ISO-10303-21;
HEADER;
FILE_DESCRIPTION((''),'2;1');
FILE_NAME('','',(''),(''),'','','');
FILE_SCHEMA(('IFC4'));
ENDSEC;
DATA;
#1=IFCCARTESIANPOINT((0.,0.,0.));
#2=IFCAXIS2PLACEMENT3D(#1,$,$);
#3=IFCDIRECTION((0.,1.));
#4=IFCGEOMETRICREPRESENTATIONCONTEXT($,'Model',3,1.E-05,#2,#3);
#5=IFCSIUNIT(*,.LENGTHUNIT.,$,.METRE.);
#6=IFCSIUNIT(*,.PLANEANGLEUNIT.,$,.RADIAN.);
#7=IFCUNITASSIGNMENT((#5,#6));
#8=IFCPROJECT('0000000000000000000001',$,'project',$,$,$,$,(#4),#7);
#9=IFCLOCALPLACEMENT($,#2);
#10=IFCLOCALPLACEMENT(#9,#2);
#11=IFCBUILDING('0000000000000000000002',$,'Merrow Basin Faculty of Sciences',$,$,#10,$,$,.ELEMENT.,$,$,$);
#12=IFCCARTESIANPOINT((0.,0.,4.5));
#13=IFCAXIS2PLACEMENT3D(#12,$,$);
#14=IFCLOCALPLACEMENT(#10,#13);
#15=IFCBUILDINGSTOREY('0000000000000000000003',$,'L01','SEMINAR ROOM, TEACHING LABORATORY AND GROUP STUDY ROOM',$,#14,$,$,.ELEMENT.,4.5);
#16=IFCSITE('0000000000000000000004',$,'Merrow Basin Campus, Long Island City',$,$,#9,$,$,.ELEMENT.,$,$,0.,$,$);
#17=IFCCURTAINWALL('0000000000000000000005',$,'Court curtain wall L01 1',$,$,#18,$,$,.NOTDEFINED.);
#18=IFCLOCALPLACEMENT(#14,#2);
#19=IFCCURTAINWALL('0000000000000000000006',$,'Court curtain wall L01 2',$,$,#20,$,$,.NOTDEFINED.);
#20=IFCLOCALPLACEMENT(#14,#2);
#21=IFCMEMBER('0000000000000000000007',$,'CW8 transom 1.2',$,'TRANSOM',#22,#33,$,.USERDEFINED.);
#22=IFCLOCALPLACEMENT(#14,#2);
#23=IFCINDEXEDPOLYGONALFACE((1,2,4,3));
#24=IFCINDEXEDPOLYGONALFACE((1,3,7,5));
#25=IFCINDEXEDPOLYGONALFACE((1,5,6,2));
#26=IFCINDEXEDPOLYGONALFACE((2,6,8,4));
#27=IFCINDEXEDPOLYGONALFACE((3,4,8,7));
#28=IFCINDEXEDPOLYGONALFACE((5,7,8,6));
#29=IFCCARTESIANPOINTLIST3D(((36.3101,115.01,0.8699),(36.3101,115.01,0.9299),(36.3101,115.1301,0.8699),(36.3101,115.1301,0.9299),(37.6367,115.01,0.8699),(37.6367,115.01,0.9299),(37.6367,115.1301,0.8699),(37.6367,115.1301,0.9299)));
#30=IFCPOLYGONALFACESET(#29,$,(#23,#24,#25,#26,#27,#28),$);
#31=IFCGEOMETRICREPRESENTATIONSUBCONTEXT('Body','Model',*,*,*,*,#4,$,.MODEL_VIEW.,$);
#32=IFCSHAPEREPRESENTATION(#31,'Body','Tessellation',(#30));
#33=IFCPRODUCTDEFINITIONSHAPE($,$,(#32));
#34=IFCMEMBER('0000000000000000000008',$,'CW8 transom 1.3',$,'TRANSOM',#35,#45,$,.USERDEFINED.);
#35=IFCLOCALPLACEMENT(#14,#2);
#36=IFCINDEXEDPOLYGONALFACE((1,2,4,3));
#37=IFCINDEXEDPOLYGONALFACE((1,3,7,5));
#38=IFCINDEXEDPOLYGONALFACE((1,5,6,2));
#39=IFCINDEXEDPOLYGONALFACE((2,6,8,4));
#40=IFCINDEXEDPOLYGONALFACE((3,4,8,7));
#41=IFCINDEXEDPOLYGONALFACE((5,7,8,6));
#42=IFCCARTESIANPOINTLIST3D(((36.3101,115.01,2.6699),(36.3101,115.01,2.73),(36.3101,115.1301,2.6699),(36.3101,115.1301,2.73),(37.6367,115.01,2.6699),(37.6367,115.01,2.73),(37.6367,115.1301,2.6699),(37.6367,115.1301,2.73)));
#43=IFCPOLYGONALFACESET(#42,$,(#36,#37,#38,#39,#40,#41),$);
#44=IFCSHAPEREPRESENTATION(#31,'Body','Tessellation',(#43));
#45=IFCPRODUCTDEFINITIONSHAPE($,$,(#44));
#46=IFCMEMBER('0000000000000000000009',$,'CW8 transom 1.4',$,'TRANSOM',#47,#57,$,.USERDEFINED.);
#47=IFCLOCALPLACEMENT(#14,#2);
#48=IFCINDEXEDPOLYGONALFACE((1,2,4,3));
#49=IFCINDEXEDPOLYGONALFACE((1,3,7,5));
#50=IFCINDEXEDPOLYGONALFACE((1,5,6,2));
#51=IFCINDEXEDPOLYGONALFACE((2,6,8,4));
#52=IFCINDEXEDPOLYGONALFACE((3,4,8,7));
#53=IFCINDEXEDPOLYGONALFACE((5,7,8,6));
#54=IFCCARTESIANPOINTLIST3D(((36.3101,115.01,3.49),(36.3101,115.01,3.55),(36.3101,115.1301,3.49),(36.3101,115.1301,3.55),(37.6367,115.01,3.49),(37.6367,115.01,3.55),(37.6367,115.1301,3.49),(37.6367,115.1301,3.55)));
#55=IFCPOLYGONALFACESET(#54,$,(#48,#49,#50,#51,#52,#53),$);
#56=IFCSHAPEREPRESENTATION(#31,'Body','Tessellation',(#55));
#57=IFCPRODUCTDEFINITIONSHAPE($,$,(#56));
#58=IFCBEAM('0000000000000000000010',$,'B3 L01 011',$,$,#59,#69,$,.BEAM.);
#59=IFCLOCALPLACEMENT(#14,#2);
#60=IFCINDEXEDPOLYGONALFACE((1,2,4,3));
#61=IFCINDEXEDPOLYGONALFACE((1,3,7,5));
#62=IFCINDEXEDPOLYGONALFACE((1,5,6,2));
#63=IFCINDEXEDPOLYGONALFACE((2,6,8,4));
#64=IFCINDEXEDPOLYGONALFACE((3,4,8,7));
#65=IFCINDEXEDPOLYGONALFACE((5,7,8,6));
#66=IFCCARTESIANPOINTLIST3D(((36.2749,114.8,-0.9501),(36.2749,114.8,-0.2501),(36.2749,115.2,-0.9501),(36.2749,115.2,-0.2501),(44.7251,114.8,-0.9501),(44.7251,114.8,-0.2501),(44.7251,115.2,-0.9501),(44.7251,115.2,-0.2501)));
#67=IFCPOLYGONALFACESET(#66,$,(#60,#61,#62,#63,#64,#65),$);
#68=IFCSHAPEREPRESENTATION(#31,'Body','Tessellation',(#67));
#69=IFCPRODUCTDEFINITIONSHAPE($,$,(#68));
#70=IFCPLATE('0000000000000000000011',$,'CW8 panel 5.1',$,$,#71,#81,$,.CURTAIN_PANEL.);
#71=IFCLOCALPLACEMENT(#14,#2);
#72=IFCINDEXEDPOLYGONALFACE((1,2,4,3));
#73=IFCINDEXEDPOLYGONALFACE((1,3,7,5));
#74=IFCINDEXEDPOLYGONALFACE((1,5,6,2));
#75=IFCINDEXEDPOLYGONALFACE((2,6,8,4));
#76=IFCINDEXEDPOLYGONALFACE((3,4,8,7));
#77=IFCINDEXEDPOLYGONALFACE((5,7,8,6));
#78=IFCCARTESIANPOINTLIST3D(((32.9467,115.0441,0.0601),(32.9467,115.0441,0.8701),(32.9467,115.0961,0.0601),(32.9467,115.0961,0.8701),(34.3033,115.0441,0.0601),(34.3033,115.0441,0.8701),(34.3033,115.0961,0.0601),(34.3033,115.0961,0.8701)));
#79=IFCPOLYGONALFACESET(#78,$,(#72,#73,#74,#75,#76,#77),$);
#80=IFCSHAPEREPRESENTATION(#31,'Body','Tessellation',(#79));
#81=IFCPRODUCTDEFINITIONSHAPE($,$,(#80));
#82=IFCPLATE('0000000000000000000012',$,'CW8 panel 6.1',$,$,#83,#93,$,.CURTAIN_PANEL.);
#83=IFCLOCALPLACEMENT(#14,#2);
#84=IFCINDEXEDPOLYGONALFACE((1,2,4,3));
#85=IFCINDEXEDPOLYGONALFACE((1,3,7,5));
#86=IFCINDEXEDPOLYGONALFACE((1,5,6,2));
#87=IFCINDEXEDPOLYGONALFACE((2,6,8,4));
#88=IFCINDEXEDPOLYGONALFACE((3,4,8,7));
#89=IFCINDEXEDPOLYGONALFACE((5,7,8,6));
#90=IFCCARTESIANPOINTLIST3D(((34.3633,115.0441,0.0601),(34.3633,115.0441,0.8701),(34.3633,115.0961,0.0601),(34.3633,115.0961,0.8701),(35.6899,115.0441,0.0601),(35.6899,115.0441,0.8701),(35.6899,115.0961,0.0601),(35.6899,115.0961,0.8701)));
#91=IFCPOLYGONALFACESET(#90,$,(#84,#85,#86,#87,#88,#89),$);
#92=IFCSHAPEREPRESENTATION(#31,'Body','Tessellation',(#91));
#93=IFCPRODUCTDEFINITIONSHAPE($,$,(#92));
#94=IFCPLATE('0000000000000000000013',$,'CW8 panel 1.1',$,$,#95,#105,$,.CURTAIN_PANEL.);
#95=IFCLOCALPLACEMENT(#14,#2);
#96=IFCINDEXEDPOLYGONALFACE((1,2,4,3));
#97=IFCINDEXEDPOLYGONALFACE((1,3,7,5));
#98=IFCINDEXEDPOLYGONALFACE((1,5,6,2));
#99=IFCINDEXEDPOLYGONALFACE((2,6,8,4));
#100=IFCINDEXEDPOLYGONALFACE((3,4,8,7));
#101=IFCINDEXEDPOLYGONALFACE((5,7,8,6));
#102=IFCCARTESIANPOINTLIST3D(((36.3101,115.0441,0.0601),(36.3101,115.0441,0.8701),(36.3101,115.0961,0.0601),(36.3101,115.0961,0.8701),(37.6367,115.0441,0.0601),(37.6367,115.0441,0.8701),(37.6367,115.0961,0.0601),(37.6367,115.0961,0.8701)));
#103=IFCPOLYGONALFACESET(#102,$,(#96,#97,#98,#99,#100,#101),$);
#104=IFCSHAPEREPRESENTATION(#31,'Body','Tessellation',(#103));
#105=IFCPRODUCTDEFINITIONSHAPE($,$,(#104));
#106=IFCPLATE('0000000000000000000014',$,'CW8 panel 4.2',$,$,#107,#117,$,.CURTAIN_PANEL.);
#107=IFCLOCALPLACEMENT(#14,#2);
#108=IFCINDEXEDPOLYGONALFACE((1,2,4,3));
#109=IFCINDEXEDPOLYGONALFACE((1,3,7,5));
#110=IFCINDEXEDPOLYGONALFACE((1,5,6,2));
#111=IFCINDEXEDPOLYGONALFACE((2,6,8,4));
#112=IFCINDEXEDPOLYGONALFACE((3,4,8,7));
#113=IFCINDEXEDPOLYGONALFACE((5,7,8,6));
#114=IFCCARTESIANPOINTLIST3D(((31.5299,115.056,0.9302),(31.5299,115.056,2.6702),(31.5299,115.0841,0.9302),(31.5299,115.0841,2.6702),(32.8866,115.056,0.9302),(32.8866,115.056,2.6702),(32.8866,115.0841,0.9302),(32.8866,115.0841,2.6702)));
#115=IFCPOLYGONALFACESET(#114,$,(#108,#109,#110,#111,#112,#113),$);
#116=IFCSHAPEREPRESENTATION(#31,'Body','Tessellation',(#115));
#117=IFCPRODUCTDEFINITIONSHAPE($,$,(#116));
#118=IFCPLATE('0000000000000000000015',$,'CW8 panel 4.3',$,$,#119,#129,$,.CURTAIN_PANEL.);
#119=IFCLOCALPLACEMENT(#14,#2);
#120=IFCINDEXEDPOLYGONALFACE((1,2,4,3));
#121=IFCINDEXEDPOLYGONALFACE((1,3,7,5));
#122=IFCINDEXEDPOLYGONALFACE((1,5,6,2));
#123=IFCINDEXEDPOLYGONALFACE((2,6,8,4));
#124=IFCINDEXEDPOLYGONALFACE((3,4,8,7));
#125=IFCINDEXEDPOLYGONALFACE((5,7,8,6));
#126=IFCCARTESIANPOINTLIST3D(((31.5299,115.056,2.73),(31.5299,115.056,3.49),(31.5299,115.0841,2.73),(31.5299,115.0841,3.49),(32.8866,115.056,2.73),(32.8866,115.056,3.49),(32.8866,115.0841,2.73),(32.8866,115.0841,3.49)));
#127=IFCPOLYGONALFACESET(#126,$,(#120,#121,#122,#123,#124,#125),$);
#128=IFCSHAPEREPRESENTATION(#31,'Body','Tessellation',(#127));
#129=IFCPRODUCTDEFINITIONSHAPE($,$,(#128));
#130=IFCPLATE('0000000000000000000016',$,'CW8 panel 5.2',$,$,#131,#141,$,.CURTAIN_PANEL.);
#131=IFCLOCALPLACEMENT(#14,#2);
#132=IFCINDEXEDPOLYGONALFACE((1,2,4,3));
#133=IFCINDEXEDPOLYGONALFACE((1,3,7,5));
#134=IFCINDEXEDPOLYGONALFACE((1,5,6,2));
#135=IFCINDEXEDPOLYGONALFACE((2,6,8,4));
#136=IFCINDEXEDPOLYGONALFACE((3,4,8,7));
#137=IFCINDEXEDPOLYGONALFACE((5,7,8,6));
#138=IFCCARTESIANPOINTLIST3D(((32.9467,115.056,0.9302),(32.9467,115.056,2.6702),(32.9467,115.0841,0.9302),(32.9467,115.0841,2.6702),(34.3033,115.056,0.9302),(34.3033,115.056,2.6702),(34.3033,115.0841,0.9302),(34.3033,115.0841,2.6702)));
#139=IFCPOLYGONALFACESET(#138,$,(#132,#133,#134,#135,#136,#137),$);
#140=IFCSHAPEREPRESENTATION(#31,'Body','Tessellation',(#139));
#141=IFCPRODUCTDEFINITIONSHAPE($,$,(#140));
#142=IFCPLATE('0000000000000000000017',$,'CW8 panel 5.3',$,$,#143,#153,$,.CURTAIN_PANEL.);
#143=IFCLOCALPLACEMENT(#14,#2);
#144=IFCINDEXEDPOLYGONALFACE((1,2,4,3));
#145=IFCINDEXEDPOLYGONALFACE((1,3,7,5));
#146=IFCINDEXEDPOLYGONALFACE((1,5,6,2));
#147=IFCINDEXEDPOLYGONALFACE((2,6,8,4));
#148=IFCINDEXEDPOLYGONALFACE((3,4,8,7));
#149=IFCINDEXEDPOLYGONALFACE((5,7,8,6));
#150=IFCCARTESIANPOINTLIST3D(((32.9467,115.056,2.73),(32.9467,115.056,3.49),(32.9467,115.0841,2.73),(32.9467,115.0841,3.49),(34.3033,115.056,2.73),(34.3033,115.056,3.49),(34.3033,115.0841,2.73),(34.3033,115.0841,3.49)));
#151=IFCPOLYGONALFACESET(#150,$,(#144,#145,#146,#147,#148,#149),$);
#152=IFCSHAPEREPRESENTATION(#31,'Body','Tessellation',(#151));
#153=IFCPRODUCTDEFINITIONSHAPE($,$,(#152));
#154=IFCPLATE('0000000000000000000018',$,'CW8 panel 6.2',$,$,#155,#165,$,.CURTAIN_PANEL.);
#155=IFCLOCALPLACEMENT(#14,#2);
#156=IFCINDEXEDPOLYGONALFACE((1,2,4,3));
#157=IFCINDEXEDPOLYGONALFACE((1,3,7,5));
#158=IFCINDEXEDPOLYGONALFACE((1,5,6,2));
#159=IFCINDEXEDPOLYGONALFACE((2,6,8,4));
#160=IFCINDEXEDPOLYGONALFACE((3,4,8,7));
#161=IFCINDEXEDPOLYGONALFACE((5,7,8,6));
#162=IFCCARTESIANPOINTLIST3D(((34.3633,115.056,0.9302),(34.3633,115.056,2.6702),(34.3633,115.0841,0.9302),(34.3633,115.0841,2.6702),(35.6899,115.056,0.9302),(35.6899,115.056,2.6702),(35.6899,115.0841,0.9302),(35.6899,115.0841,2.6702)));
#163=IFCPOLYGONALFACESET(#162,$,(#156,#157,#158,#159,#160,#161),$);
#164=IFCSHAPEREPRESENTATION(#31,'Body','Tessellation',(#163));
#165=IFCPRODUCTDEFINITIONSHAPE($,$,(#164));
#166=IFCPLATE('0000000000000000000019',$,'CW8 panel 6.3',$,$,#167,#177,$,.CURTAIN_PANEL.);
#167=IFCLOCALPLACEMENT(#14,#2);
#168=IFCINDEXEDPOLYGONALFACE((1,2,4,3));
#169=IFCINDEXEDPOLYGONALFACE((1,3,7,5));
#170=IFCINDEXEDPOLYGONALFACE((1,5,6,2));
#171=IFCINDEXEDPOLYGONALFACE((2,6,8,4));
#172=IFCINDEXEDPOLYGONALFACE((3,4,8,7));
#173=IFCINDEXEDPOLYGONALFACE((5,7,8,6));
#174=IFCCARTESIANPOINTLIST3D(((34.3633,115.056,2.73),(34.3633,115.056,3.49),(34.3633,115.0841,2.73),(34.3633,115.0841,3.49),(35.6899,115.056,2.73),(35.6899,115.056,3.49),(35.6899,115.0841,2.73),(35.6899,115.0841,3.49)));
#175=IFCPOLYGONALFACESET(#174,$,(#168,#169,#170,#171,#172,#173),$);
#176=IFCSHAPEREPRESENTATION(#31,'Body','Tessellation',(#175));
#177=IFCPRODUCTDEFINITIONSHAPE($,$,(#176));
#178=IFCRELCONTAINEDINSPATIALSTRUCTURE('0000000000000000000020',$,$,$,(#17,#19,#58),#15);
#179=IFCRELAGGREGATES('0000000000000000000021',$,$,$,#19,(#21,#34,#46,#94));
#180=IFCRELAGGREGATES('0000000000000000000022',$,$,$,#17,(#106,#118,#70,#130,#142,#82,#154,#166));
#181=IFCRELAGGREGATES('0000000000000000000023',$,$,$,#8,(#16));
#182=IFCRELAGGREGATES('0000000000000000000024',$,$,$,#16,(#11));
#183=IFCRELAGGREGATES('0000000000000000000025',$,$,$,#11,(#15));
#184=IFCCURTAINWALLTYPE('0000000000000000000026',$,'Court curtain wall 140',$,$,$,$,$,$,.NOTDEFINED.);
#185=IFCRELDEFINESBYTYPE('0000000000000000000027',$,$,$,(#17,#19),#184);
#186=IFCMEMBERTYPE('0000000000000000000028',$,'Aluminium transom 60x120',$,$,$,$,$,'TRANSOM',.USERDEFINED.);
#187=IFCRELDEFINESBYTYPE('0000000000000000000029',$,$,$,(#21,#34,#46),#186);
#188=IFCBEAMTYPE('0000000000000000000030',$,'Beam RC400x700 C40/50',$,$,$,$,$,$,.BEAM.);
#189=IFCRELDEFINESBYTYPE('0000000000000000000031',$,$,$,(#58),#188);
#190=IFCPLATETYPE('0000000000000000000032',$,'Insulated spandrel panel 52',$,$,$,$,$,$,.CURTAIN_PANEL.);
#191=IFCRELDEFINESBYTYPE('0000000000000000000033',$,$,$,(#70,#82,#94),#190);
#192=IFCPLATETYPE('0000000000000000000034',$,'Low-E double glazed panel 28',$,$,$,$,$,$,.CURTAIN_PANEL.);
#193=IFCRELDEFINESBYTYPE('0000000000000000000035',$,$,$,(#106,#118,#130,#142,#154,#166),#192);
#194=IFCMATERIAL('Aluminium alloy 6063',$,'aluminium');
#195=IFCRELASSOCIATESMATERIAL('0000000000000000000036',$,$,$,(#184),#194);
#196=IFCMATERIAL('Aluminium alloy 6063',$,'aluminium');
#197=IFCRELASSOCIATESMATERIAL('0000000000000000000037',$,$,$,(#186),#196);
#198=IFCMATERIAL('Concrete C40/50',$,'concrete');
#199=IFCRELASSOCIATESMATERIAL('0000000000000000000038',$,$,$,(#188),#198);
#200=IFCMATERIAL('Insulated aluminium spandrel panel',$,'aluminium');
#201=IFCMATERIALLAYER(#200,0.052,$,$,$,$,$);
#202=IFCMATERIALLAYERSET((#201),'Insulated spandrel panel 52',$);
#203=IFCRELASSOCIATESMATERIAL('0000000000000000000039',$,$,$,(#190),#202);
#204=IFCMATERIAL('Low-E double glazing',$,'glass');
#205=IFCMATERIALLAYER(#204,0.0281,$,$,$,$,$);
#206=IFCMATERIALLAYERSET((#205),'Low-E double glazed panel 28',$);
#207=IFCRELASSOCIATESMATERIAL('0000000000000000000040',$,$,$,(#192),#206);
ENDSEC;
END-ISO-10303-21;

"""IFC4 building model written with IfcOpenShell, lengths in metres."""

from ifc_helpers import new_model, si_unit, direction, frame, origin, origin_2d, place, context, subcontext, project, spatial, rectangle, extrude, material, layer, layer_set, material_profile, profile_set, type_object, element, aggregate, save


model = new_model("IFC4")

# Units and contexts
model_context = context("Model", 3, precision=1e-05, world=origin(), true_north=direction((0.0, 1.0)))
body_context = subcontext(model_context, "Body", "Model", "MODEL_VIEW")
ifc_project = project(units=[si_unit("LENGTHUNIT", "METRE"), si_unit("PLANEANGLEUNIT", "RADIAN")], contexts=[model_context])

# Site, building, storey
site_placement = place(None, origin())
site = spatial("IfcSite", under=ifc_project, at=site_placement, Name="Merrow Basin Campus, Long Island City", CompositionType="ELEMENT", RefElevation=0.0)
building_placement = place(site_placement, origin())
building = spatial("IfcBuilding", under=site, at=building_placement, Name="Merrow Basin Faculty of Sciences", CompositionType="ELEMENT")
storey_placement = place(building_placement, frame((0.0, 0.0, 4.5)))
storey = spatial("IfcBuildingStorey", under=building, at=storey_placement, Name="L01", Description="SEMINAR ROOM, TEACHING LABORATORY AND GROUP STUDY ROOM", CompositionType="ELEMENT", Elevation=4.5)

# Curtain wall
ifc_material_1 = material(Name="Aluminium alloy 6063", Category="aluminium")
curtain_wall_type = type_object("IfcCurtainWallType", Name="Court curtain wall 140", PredefinedType="NOTDEFINED", material=ifc_material_1)
curtain_wall_1_placement = place(storey_placement, origin())
curtain_wall_1 = element("IfcCurtainWall", 1, at=curtain_wall_1_placement, inside=storey, type_object=curtain_wall_type, Name="Court curtain wall L01 1", PredefinedType="NOTDEFINED")

# Curtain wall
curtain_wall_2_placement = place(storey_placement, origin())
curtain_wall_2 = element("IfcCurtainWall", 2, at=curtain_wall_2_placement, inside=storey, type_object=curtain_wall_type, Name="Court curtain wall L01 2", PredefinedType="NOTDEFINED")

# Members
ifc_material_2 = material(Name="Aluminium alloy 6063", Category="aluminium")
ifc_material_profile_1 = material_profile(ifc_material_2, rectangle(XDim=0.1201, YDim=0.0601, at=origin_2d()))
ifc_profile_set_1 = profile_set([ifc_material_profile_1], Name="Aluminium alloy 6063")
member_type_1 = type_object("IfcMemberType", Name="Aluminium transom 60x120", ElementType="TRANSOM", PredefinedType="USERDEFINED", material=ifc_profile_set_1)
member_1_placement = place(storey_placement, frame((36.3101, 115.0701, 0.8999), z_axis=(1.0, 0.0, 0.0), x_axis=(0.0, 1.0, 0.0)))
member_1 = element("IfcMember", 3, at=member_1_placement, type_object=member_type_1, Name="CW8 transom 1.2", ObjectType="TRANSOM", PredefinedType="USERDEFINED", context=body_context, shape_type="SweptSolid", body=[
    extrude(rectangle(XDim=0.1201, YDim=0.0601, at=origin_2d()), origin(), (0.0, 0.0, 1.0), 1.3267),
])
member_2_placement = place(storey_placement, frame((36.3101, 115.0701, 2.7), z_axis=(1.0, 0.0, 0.0), x_axis=(0.0, 1.0, 0.0)))
member_2 = element("IfcMember", 4, at=member_2_placement, type_object=member_type_1, Name="CW8 transom 1.3", ObjectType="TRANSOM", PredefinedType="USERDEFINED", context=body_context, shape_type="SweptSolid", body=[
    extrude(rectangle(XDim=0.1201, YDim=0.0601, at=origin_2d()), origin(), (0.0, 0.0, 1.0), 1.3267),
])
member_3_placement = place(storey_placement, frame((36.3101, 115.0701, 3.52), z_axis=(1.0, 0.0, 0.0), x_axis=(0.0, 1.0, 0.0)))
member_3 = element("IfcMember", 5, at=member_3_placement, type_object=member_type_1, Name="CW8 transom 1.4", ObjectType="TRANSOM", PredefinedType="USERDEFINED", context=body_context, shape_type="SweptSolid", body=[
    extrude(rectangle(XDim=0.1201, YDim=0.0601, at=origin_2d()), origin(), (0.0, 0.0, 1.0), 1.3267),
])

# Beam
ifc_material_3 = material(Name="Concrete C40/50", Category="concrete")
ifc_material_profile_2 = material_profile(ifc_material_3, rectangle(XDim=0.3999, YDim=0.7, at=origin_2d()))
ifc_profile_set_2 = profile_set([ifc_material_profile_2], Name="Concrete C40/50")
beam_type = type_object("IfcBeamType", Name="Beam RC400x700 C40/50", PredefinedType="BEAM", material=ifc_profile_set_2)
beam_placement = place(storey_placement, frame((36.2749, 115.0, -0.6001), z_axis=(1.0, 0.0, 0.0), x_axis=(0.0, 1.0, 0.0)))
element("IfcBeam", 6, at=beam_placement, inside=storey, type_object=beam_type, Name="B3 L01 011", PredefinedType="BEAM", context=body_context, shape_type="SweptSolid", body=[
    extrude(rectangle(XDim=0.3999, YDim=0.7, at=origin_2d()), origin(), (0.0, 0.0, 1.0), 8.4502),
])

# Plates
ifc_material_4 = material(Name="Insulated aluminium spandrel panel", Category="aluminium")
ifc_layer_1 = layer(ifc_material_4, 0.052)
ifc_layer_set_1 = layer_set([ifc_layer_1], Name="Insulated spandrel panel 52")
plate_type_1 = type_object("IfcPlateType", Name="Insulated spandrel panel 52", PredefinedType="CURTAIN_PANEL", material=ifc_layer_set_1)
plate_1_placement = place(storey_placement, frame((33.625, 115.0701, 0.0601), z_axis=(0.0, 0.0, 1.0), x_axis=(1.0, 0.0, 0.0)))
plate_1 = element("IfcPlate", 7, at=plate_1_placement, type_object=plate_type_1, Name="CW8 panel 5.1", PredefinedType="CURTAIN_PANEL", context=body_context, shape_type="SweptSolid", body=[
    extrude(rectangle(XDim=1.3567, YDim=0.052, at=origin_2d()), origin(), (0.0, 0.0, 1.0), 0.8101),
])
plate_2_placement = place(storey_placement, frame((35.0266, 115.0701, 0.0601), z_axis=(0.0, 0.0, 1.0), x_axis=(1.0, 0.0, 0.0)))
plate_2 = element("IfcPlate", 8, at=plate_2_placement, type_object=plate_type_1, Name="CW8 panel 6.1", PredefinedType="CURTAIN_PANEL", context=body_context, shape_type="SweptSolid", body=[
    extrude(rectangle(XDim=1.3267, YDim=0.052, at=origin_2d()), origin(), (0.0, 0.0, 1.0), 0.8101),
])
plate_3_placement = place(storey_placement, frame((36.9734, 115.0701, 0.0601), z_axis=(0.0, 0.0, 1.0), x_axis=(1.0, 0.0, 0.0)))
plate_3 = element("IfcPlate", 9, at=plate_3_placement, type_object=plate_type_1, Name="CW8 panel 1.1", PredefinedType="CURTAIN_PANEL", context=body_context, shape_type="SweptSolid", body=[
    extrude(rectangle(XDim=1.3267, YDim=0.052, at=origin_2d()), origin(), (0.0, 0.0, 1.0), 0.8101),
])
aggregate(curtain_wall_2, [member_1, member_2, member_3, plate_3])
ifc_material_5 = material(Name="Low-E double glazing", Category="glass")
ifc_layer_2 = layer(ifc_material_5, 0.0281)
ifc_layer_set_2 = layer_set([ifc_layer_2], Name="Low-E double glazed panel 28")
plate_type_2 = type_object("IfcPlateType", Name="Low-E double glazed panel 28", PredefinedType="CURTAIN_PANEL", material=ifc_layer_set_2)
plate_4_placement = place(storey_placement, frame((32.2083, 115.0701, 0.9302), z_axis=(0.0, 0.0, 1.0), x_axis=(1.0, 0.0, 0.0)))
plate_4 = element("IfcPlate", 10, at=plate_4_placement, type_object=plate_type_2, Name="CW8 panel 4.2", PredefinedType="CURTAIN_PANEL", context=body_context, shape_type="SweptSolid", body=[
    extrude(rectangle(XDim=1.3567, YDim=0.0281, at=origin_2d()), origin(), (0.0, 0.0, 1.0), 1.74),
])
plate_5_placement = place(storey_placement, frame((32.2083, 115.0701, 2.73), z_axis=(0.0, 0.0, 1.0), x_axis=(1.0, 0.0, 0.0)))
plate_5 = element("IfcPlate", 11, at=plate_5_placement, type_object=plate_type_2, Name="CW8 panel 4.3", PredefinedType="CURTAIN_PANEL", context=body_context, shape_type="SweptSolid", body=[
    extrude(rectangle(XDim=1.3567, YDim=0.0281, at=origin_2d()), origin(), (0.0, 0.0, 1.0), 0.76),
])
plate_6_placement = place(storey_placement, frame((33.625, 115.0701, 0.9302), z_axis=(0.0, 0.0, 1.0), x_axis=(1.0, 0.0, 0.0)))
plate_6 = element("IfcPlate", 12, at=plate_6_placement, type_object=plate_type_2, Name="CW8 panel 5.2", PredefinedType="CURTAIN_PANEL", context=body_context, shape_type="SweptSolid", body=[
    extrude(rectangle(XDim=1.3567, YDim=0.0281, at=origin_2d()), origin(), (0.0, 0.0, 1.0), 1.74),
])
plate_7_placement = place(storey_placement, frame((33.625, 115.0701, 2.73), z_axis=(0.0, 0.0, 1.0), x_axis=(1.0, 0.0, 0.0)))
plate_7 = element("IfcPlate", 13, at=plate_7_placement, type_object=plate_type_2, Name="CW8 panel 5.3", PredefinedType="CURTAIN_PANEL", context=body_context, shape_type="SweptSolid", body=[
    extrude(rectangle(XDim=1.3567, YDim=0.0281, at=origin_2d()), origin(), (0.0, 0.0, 1.0), 0.76),
])
plate_8_placement = place(storey_placement, frame((35.0266, 115.0701, 0.9302), z_axis=(0.0, 0.0, 1.0), x_axis=(1.0, 0.0, 0.0)))
plate_8 = element("IfcPlate", 14, at=plate_8_placement, type_object=plate_type_2, Name="CW8 panel 6.2", PredefinedType="CURTAIN_PANEL", context=body_context, shape_type="SweptSolid", body=[
    extrude(rectangle(XDim=1.3267, YDim=0.0281, at=origin_2d()), origin(), (0.0, 0.0, 1.0), 1.74),
])
plate_9_placement = place(storey_placement, frame((35.0266, 115.0701, 2.73), z_axis=(0.0, 0.0, 1.0), x_axis=(1.0, 0.0, 0.0)))
plate_9 = element("IfcPlate", 15, at=plate_9_placement, type_object=plate_type_2, Name="CW8 panel 6.3", PredefinedType="CURTAIN_PANEL", context=body_context, shape_type="SweptSolid", body=[
    extrude(rectangle(XDim=1.3267, YDim=0.0281, at=origin_2d()), origin(), (0.0, 0.0, 1.0), 0.76),
])
aggregate(curtain_wall_1, [plate_4, plate_5, plate_1, plate_6, plate_7, plate_2, plate_8, plate_9])

save(model, "model.ifc")
